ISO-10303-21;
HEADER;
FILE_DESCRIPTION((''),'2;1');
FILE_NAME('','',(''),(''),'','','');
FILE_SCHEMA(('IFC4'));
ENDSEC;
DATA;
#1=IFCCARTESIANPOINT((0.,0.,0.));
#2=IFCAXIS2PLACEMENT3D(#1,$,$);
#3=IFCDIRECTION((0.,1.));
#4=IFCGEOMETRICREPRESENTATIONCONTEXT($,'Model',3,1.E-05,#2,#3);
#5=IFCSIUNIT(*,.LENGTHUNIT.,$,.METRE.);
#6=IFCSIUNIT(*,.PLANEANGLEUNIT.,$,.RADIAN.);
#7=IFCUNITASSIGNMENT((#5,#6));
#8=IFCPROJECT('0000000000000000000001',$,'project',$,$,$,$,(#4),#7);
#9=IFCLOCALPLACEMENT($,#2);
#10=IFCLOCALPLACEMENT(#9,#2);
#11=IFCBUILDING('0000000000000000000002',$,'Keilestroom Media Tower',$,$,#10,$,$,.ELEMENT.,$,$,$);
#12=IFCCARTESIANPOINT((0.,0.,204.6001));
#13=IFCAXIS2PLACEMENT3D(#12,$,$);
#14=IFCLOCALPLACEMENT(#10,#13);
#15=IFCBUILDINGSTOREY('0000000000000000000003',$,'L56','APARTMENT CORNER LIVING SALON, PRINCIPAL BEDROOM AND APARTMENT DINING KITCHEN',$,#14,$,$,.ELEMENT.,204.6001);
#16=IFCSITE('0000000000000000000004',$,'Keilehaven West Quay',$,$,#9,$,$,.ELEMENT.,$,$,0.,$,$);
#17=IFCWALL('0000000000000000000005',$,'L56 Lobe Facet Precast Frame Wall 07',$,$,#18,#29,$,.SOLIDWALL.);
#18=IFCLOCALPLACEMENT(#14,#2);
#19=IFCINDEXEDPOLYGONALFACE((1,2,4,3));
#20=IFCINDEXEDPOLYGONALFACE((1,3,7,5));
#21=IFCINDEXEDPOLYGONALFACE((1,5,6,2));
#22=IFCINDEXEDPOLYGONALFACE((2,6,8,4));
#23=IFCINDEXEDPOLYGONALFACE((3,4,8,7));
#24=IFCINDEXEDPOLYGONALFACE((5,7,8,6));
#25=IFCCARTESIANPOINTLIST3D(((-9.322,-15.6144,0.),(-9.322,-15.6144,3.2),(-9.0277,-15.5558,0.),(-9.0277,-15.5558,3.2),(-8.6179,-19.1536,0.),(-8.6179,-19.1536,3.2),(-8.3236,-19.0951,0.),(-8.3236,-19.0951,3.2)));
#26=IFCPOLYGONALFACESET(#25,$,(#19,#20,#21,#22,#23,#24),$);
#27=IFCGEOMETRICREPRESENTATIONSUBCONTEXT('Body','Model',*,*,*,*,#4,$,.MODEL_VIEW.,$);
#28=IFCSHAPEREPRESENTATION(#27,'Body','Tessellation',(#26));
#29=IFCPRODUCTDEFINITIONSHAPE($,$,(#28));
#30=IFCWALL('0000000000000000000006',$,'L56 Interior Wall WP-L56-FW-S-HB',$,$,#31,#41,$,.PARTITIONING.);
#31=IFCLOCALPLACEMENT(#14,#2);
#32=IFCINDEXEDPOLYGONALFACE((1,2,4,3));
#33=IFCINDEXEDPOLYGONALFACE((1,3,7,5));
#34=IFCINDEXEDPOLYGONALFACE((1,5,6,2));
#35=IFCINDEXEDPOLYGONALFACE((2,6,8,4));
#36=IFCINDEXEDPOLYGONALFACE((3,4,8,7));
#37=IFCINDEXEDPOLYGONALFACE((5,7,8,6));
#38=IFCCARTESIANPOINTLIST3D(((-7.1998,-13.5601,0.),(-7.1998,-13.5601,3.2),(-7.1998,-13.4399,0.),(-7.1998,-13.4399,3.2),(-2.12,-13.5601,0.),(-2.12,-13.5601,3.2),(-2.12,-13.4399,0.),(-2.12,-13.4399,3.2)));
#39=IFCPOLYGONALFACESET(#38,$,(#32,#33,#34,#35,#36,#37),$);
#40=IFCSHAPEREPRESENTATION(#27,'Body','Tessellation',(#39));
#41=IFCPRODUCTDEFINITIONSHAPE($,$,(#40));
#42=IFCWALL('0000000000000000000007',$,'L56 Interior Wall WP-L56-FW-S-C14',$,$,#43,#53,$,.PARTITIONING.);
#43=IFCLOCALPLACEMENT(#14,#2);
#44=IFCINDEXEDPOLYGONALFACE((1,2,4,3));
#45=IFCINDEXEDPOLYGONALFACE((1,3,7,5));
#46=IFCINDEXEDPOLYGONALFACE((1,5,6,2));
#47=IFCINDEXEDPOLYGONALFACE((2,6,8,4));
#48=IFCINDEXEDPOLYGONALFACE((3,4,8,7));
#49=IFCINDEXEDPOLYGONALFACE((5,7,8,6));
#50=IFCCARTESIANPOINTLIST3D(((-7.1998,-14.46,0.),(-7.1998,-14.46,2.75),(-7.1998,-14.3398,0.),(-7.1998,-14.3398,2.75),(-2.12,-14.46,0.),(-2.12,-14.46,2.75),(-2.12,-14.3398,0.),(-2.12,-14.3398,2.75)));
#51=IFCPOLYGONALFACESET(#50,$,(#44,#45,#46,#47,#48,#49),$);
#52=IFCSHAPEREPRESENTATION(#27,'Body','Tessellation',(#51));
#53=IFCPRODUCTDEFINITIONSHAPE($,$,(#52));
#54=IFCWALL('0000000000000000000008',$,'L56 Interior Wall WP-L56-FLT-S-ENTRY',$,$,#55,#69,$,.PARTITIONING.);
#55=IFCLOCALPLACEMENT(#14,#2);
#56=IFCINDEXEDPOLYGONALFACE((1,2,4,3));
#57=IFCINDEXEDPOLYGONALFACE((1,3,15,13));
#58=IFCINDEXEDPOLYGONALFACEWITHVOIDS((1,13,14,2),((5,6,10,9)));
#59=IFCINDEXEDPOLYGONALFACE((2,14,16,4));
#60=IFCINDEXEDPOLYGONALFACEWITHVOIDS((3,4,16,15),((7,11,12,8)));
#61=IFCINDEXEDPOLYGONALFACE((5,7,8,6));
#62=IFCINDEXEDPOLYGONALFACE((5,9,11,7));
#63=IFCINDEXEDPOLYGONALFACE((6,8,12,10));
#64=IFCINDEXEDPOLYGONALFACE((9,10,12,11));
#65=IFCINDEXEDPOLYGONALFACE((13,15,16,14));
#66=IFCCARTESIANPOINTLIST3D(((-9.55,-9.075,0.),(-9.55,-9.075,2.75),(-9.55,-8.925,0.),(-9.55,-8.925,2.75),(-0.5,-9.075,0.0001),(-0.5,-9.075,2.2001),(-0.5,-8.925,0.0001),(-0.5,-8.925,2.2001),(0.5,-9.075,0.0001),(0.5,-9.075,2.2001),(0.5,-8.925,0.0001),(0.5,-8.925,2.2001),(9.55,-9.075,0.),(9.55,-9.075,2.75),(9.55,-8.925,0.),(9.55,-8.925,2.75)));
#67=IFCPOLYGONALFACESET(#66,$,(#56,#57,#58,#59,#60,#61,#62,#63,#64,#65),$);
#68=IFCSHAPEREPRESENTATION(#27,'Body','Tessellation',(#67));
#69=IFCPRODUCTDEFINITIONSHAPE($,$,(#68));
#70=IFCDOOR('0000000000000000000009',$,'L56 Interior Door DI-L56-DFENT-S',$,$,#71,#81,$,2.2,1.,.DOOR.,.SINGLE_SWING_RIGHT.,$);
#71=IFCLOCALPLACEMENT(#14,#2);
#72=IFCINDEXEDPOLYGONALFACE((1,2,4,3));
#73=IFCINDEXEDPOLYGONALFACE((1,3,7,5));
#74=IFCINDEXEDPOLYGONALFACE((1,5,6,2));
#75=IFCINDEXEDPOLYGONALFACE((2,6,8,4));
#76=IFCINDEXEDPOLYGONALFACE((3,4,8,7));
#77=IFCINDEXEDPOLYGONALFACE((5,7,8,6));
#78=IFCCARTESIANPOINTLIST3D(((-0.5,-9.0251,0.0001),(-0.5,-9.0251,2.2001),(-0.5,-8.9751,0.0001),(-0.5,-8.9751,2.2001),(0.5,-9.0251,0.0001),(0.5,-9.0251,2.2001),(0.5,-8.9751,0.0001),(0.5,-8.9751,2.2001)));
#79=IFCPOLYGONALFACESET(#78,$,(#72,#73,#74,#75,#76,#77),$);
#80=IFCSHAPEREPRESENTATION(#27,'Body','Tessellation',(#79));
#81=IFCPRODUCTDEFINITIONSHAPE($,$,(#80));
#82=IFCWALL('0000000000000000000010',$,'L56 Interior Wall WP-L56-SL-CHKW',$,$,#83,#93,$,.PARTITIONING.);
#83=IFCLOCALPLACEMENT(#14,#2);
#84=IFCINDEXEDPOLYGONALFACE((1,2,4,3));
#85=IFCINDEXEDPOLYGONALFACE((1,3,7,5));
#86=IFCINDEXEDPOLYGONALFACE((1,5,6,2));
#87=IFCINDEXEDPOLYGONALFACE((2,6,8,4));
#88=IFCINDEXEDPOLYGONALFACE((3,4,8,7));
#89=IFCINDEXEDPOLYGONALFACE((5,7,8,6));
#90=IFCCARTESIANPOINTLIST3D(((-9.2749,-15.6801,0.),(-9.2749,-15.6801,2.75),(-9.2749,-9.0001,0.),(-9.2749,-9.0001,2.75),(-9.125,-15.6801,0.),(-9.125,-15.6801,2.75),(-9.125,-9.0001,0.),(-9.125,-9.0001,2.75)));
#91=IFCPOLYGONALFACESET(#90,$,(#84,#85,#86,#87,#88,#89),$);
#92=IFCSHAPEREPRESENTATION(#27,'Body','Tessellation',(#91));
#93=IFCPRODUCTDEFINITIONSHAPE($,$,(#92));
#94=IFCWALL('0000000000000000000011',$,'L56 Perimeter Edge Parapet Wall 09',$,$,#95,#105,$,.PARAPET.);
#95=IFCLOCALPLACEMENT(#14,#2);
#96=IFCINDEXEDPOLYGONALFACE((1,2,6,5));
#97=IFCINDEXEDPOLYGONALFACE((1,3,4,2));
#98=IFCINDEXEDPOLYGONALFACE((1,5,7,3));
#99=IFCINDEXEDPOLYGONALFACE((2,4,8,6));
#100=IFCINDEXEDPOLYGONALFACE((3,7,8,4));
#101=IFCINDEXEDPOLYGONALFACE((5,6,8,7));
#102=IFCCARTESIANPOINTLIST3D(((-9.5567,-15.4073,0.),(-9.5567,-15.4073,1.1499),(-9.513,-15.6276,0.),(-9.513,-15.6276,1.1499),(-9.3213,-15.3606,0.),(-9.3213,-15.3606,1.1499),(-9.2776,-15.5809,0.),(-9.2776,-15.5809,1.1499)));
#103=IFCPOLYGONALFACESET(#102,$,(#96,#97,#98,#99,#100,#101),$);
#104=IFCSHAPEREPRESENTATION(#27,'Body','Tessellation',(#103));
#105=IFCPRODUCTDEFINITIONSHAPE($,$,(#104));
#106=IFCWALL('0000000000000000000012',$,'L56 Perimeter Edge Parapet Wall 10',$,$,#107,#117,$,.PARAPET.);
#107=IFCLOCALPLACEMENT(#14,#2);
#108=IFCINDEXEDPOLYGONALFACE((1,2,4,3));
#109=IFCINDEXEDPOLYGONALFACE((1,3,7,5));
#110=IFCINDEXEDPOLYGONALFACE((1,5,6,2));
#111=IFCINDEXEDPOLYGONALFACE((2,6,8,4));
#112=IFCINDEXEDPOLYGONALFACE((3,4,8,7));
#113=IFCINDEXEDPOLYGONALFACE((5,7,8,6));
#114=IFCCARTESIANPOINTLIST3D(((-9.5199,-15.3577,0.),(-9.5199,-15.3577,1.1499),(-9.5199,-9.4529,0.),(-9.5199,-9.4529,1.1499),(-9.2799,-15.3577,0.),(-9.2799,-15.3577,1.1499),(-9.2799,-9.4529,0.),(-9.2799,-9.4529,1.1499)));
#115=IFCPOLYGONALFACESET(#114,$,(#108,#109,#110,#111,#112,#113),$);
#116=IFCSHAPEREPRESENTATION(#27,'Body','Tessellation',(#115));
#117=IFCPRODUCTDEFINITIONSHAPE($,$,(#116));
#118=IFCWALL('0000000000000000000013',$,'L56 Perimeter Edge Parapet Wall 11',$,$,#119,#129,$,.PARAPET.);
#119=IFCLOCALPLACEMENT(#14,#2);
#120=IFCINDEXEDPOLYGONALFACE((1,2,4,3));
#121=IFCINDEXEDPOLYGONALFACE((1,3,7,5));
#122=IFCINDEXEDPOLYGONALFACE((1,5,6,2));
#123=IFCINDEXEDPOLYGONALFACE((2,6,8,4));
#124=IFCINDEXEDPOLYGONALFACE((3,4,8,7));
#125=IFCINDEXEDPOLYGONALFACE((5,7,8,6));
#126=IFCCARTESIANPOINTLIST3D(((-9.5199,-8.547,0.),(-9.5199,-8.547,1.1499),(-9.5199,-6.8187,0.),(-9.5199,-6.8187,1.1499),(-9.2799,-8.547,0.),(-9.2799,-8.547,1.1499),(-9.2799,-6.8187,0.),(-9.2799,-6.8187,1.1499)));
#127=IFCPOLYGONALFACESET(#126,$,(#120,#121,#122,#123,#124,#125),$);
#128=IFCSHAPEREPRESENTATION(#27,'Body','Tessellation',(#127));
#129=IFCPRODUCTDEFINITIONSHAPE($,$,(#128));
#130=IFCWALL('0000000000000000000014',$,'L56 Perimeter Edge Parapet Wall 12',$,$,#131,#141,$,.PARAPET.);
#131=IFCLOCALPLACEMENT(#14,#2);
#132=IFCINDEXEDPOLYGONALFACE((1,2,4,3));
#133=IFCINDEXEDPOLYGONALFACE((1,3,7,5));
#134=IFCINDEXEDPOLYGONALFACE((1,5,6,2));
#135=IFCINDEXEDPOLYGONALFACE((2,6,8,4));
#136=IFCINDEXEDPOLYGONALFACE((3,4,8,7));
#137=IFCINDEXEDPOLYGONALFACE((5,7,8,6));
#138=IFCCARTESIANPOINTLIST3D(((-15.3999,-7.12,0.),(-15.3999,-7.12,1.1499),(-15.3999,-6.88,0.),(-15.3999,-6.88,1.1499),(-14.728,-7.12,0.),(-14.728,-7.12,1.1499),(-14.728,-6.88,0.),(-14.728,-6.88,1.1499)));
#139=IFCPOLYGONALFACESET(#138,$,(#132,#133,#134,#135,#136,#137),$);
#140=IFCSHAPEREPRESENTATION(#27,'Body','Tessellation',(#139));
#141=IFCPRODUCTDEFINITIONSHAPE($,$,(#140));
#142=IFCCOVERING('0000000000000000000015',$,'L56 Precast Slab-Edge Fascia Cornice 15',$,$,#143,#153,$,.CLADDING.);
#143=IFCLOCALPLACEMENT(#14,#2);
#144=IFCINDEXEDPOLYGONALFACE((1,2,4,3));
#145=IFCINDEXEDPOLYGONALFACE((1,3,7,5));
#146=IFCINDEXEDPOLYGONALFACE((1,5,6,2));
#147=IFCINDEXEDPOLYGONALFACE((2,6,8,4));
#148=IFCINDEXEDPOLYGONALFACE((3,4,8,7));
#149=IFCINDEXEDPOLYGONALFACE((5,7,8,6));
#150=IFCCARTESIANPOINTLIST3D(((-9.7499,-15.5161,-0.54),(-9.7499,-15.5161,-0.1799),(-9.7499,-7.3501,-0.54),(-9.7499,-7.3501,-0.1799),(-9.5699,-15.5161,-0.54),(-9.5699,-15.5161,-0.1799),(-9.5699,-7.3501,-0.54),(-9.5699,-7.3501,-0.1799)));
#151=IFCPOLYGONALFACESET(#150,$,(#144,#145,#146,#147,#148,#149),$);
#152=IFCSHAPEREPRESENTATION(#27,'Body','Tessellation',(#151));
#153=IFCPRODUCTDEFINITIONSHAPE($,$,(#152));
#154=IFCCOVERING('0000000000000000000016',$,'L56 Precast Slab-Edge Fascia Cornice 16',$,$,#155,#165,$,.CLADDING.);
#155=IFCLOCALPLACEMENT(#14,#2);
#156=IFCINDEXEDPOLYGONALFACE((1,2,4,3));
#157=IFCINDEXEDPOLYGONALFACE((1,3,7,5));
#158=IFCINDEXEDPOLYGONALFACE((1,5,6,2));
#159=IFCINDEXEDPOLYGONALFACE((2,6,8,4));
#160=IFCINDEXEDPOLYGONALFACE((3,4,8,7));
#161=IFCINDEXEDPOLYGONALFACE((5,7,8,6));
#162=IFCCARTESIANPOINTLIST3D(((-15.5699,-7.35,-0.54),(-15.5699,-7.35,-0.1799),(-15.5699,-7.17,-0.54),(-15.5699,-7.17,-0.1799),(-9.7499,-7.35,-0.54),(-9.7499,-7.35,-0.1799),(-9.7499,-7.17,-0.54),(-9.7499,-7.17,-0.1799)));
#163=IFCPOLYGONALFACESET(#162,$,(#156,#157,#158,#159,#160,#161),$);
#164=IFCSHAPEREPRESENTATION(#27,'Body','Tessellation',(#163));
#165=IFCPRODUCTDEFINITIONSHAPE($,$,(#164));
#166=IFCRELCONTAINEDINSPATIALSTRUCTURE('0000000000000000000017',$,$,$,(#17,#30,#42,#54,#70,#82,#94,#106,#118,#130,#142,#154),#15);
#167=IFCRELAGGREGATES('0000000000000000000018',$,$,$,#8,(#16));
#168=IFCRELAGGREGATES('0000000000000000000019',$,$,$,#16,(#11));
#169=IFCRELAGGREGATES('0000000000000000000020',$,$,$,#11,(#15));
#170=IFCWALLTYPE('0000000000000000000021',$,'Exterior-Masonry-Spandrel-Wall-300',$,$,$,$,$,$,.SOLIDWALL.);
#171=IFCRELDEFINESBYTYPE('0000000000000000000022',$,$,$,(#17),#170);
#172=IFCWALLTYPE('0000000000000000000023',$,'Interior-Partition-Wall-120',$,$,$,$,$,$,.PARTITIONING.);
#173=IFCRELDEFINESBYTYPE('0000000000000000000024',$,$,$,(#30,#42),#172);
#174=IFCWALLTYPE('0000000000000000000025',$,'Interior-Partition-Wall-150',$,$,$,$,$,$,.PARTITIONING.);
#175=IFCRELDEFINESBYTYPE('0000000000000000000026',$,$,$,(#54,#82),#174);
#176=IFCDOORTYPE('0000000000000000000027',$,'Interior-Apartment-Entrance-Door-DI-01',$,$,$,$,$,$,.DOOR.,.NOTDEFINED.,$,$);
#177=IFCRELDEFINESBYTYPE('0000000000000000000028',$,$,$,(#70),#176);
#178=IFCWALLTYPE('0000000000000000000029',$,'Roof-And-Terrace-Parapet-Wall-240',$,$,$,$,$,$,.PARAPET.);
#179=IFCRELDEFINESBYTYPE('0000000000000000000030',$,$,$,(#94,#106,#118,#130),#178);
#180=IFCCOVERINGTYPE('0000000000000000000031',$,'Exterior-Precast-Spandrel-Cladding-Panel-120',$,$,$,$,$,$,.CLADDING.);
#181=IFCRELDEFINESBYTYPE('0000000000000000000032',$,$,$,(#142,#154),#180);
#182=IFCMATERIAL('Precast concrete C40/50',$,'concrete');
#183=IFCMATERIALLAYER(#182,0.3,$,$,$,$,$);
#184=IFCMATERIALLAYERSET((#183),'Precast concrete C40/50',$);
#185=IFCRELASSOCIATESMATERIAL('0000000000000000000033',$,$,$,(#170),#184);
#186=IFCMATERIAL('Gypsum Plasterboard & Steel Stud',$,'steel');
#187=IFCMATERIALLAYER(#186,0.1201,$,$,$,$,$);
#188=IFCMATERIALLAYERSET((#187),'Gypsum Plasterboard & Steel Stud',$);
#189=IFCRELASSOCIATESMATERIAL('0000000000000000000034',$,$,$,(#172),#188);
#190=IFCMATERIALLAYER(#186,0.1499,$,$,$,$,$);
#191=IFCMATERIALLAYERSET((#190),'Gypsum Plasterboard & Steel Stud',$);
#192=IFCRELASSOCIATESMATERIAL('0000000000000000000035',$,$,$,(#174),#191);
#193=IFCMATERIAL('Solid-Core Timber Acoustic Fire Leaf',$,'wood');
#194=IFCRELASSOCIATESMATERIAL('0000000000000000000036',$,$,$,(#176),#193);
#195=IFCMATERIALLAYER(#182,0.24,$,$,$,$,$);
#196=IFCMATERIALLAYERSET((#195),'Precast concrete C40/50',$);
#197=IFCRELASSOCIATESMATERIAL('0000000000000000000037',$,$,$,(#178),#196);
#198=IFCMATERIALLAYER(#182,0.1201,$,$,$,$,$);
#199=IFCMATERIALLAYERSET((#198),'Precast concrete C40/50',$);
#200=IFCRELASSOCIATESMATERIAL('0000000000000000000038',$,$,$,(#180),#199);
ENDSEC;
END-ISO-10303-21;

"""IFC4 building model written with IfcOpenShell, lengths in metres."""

from ifc_helpers import new_model, si_unit, direction, frame, frame_2d, origin, origin_2d, place, context, subcontext, project, spatial, rectangle, extrude, source, transform, mapped, material, layer, layer_set, type_object, element, fill, save


model = new_model("IFC4")

# Units and contexts
model_context = context("Model", 3, precision=1e-05, world=origin(), true_north=direction((0.0, 1.0)))
body_context = subcontext(model_context, "Body", "Model", "MODEL_VIEW")
ifc_project = project(units=[si_unit("LENGTHUNIT", "METRE"), si_unit("PLANEANGLEUNIT", "RADIAN")], contexts=[model_context])

# Site, building, storey
site_placement = place(None, origin())
site = spatial("IfcSite", under=ifc_project, at=site_placement, Name="Keilehaven West Quay", CompositionType="ELEMENT", RefElevation=0.0)
building_placement = place(site_placement, origin())
building = spatial("IfcBuilding", under=site, at=building_placement, Name="Keilestroom Media Tower", CompositionType="ELEMENT")
storey_placement = place(building_placement, frame((0.0, 0.0, 204.6001)))
storey = spatial("IfcBuildingStorey", under=building, at=storey_placement, Name="L56", Description="APARTMENT CORNER LIVING SALON, PRINCIPAL BEDROOM AND APARTMENT DINING KITCHEN", CompositionType="ELEMENT", Elevation=204.6001)

# Shared definitions
ifc_material_1 = material(Name="Precast concrete C40/50", Category="concrete")

# Walls
ifc_layer_1 = layer(ifc_material_1, 0.3)
ifc_layer_set_1 = layer_set([ifc_layer_1], Name="Precast concrete C40/50")
wall_type_1 = type_object("IfcWallType", Name="Exterior-Masonry-Spandrel-Wall-300", PredefinedType="SOLIDWALL", material=ifc_layer_set_1)
wall_1_placement = place(storey_placement, frame((-9.1748, -15.5852, 0.0), z_axis=(0.0, 0.0, 1.0), x_axis=(0.195114, -0.980781, 0.0)))
element("IfcWall", 1, at=wall_1_placement, inside=storey, type_object=wall_type_1, Name="L56 Lobe Facet Precast Frame Wall 07", PredefinedType="SOLIDWALL", context=body_context, shape_type="SweptSolid", body=[
    extrude(rectangle(XDim=3.6086, YDim=0.3, at=frame_2d((1.8042, 0.0))), origin(), (0.0, 0.0, 1.0), 3.2),
])
ifc_material_2 = material(Name="Gypsum Plasterboard & Steel Stud", Category="steel")
ifc_layer_2 = layer(ifc_material_2, 0.1201)
ifc_layer_set_2 = layer_set([ifc_layer_2], Name="Gypsum Plasterboard & Steel Stud")
wall_type_2 = type_object("IfcWallType", Name="Interior-Partition-Wall-120", PredefinedType="PARTITIONING", material=ifc_layer_set_2)
wall_2_placement = place(storey_placement, frame((-7.2, -13.5, 0.0), z_axis=(0.0, 0.0, 1.0), x_axis=(1.0, 0.0, 0.0)))
element("IfcWall", 2, at=wall_2_placement, inside=storey, type_object=wall_type_2, Name="L56 Interior Wall WP-L56-FW-S-HB", PredefinedType="PARTITIONING", context=body_context, shape_type="SweptSolid", body=[
    extrude(rectangle(XDim=5.0798, YDim=0.1201, at=frame_2d((2.54, 0.0))), origin(), (0.0, 0.0, 1.0), 3.2),
])
wall_3_placement = place(storey_placement, frame((-7.2, -14.3999, 0.0), z_axis=(0.0, 0.0, 1.0), x_axis=(1.0, 0.0, 0.0)))
element("IfcWall", 3, at=wall_3_placement, inside=storey, type_object=wall_type_2, Name="L56 Interior Wall WP-L56-FW-S-C14", PredefinedType="PARTITIONING", context=body_context, shape_type="SweptSolid", body=[
    extrude(rectangle(XDim=5.0798, YDim=0.1201, at=frame_2d((2.54, 0.0))), origin(), (0.0, 0.0, 1.0), 2.75),
])

# Wall, opening, door
ifc_layer_3 = layer(ifc_material_2, 0.1499)
ifc_layer_set_3 = layer_set([ifc_layer_3], Name="Gypsum Plasterboard & Steel Stud")
wall_type_3 = type_object("IfcWallType", Name="Interior-Partition-Wall-150", PredefinedType="PARTITIONING", material=ifc_layer_set_3)
wall_4_placement = place(storey_placement, frame((-9.55, -9.0, 0.0), z_axis=(0.0, 0.0, 1.0), x_axis=(1.0, 0.0, 0.0)))
wall_4 = element("IfcWall", 4, at=wall_4_placement, inside=storey, type_object=wall_type_3, Name="L56 Interior Wall WP-L56-FLT-S-ENTRY", PredefinedType="PARTITIONING", context=body_context, shape_type="SweptSolid", body=[
    extrude(rectangle(XDim=19.1001, YDim=0.1499, at=frame_2d((9.55, 0.0))), origin(), (0.0, 0.0, 1.0), 2.75),
])
opening_placement = place(wall_4_placement, frame((9.05, 0.0, 0.0)))
opening = element("IfcOpeningElement", 5, at=opening_placement, cuts=wall_4, PredefinedType="OPENING", context=body_context, shape_type="SweptSolid", body=[
    extrude(rectangle(XDim=1.0, YDim=2.2, at=frame_2d((0.5, 1.1001))), frame((0.0, 0.085, 0.0), z_axis=(0.0, -1.0, 0.0), x_axis=(1.0, 0.0, 0.0)), (0.0, 0.0, 1.0), 0.1699),
])
ifc_material_3 = material(Name="Solid-Core Timber Acoustic Fire Leaf", Category="wood")
door_type = type_object("IfcDoorType", Name="Interior-Apartment-Entrance-Door-DI-01", OperationType="NOTDEFINED", PredefinedType="DOOR", material=ifc_material_3)
shared_shape_1 = source(origin(), body_context, "Body", "SweptSolid", [
    extrude(rectangle(XDim=1.0, YDim=2.2, at=frame_2d((0.5, 1.1001))), frame((0.0, 0.0249, 0.0), z_axis=(0.0, -1.0, 0.0), x_axis=(1.0, 0.0, 0.0)), (0.0, 0.0, 1.0), 0.05),
])
door_placement = place(opening_placement, origin())
door = element("IfcDoor", 6, at=door_placement, inside=storey, type_object=door_type, Name="L56 Interior Door DI-L56-DFENT-S", OperationType="SINGLE_SWING_RIGHT", OverallHeight=2.2, OverallWidth=1.0, PredefinedType="DOOR", context=body_context, shape_type="MappedRepresentation", body=[
    mapped(shared_shape_1, transform((0.0, 0.0, 0.0), x_axis=(1.0, 0.0, 0.0), y_axis=(0.0, 1.0, 0.0), z_axis=(0.0, 0.0, 1.0), scale=1.0)),
])
fill(opening, door)

# Walls
wall_5_placement = place(storey_placement, frame((-9.2, -15.6799, 0.0), z_axis=(0.0, 0.0, 1.0), x_axis=(0.0, 1.0, 0.0)))
element("IfcWall", 7, at=wall_5_placement, inside=storey, type_object=wall_type_3, Name="L56 Interior Wall WP-L56-SL-CHKW", PredefinedType="PARTITIONING", context=body_context, shape_type="SweptSolid", body=[
    extrude(rectangle(XDim=6.6799, YDim=0.1499, at=frame_2d((3.3398, 0.0))), origin(), (0.0, 0.0, 1.0), 2.75),
])
ifc_layer_4 = layer(ifc_material_1, 0.24)
ifc_layer_set_4 = layer_set([ifc_layer_4], Name="Precast concrete C40/50")
wall_type_4 = type_object("IfcWallType", Name="Roof-And-Terrace-Parapet-Wall-240", PredefinedType="PARAPET", material=ifc_layer_set_4)
wall_6_placement = place(storey_placement, frame((-9.3953, -15.6042, 0.0), z_axis=(0.0, 0.0, 1.0), x_axis=(-0.194652, 0.980872, 0.0)))
element("IfcWall", 8, at=wall_6_placement, inside=storey, type_object=wall_type_4, Name="L56 Perimeter Edge Parapet Wall 09", PredefinedType="PARAPET", context=body_context, shape_type="SweptSolid", body=[
    extrude(rectangle(XDim=0.2246, YDim=0.24, at=frame_2d((0.1123, 0.0))), origin(), (0.0, 0.0, 1.0), 1.1499),
])
wall_7_placement = place(storey_placement, frame((-9.3999, -15.3577, 0.0), z_axis=(0.0, 0.0, 1.0), x_axis=(0.0, 1.0, 0.0)))
element("IfcWall", 9, at=wall_7_placement, inside=storey, type_object=wall_type_4, Name="L56 Perimeter Edge Parapet Wall 10", PredefinedType="PARAPET", context=body_context, shape_type="SweptSolid", body=[
    extrude(rectangle(XDim=5.9048, YDim=0.24, at=frame_2d((2.9524, 0.0))), origin(), (0.0, 0.0, 1.0), 1.1499),
])
wall_8_placement = place(storey_placement, frame((-9.3999, -8.5471, 0.0), z_axis=(0.0, 0.0, 1.0), x_axis=(0.0, 1.0, 0.0)))
element("IfcWall", 10, at=wall_8_placement, inside=storey, type_object=wall_type_4, Name="L56 Perimeter Edge Parapet Wall 11", PredefinedType="PARAPET", context=body_context, shape_type="SweptSolid", body=[
    extrude(rectangle(XDim=1.7283, YDim=0.24, at=frame_2d((0.8643, 0.0))), origin(), (0.0, 0.0, 1.0), 1.1499),
])
wall_9_placement = place(storey_placement, frame((-14.728, -7.0, 0.0), z_axis=(0.0, 0.0, 1.0), x_axis=(-1.0, 0.0, 0.0)))
element("IfcWall", 11, at=wall_9_placement, inside=storey, type_object=wall_type_4, Name="L56 Perimeter Edge Parapet Wall 12", PredefinedType="PARAPET", context=body_context, shape_type="SweptSolid", body=[
    extrude(rectangle(XDim=0.6719, YDim=0.24, at=frame_2d((0.3359, 0.0))), origin(), (0.0, 0.0, 1.0), 1.1499),
])

# Coverings
ifc_layer_5 = layer(ifc_material_1, 0.1201)
ifc_layer_set_5 = layer_set([ifc_layer_5], Name="Precast concrete C40/50")
covering_type = type_object("IfcCoveringType", Name="Exterior-Precast-Spandrel-Cladding-Panel-120", PredefinedType="CLADDING", material=ifc_layer_set_5)
shared_shape_2 = source(origin(), body_context, "Body", "SweptSolid", [
    extrude(rectangle(XDim=8.166, YDim=0.1799, at=origin_2d()), origin(), (0.0, 0.0, 1.0), 0.3601),
])
covering_1_placement = place(storey_placement, frame((-9.6599, -11.4331, -0.54), z_axis=(0.0, 0.0, 1.0), x_axis=(0.0, 1.0, 0.0)))
element("IfcCovering", 12, at=covering_1_placement, inside=storey, type_object=covering_type, Name="L56 Precast Slab-Edge Fascia Cornice 15", PredefinedType="CLADDING", context=body_context, shape_type="MappedRepresentation", body=[
    mapped(shared_shape_2, transform((0.0, 0.0, 0.0), x_axis=(1.0, 0.0, 0.0), y_axis=(0.0, 1.0, 0.0), z_axis=(0.0, 0.0, 1.0), scale=1.0)),
])
shared_shape_3 = source(origin(), body_context, "Body", "SweptSolid", [
    extrude(rectangle(XDim=5.8201, YDim=0.1799, at=origin_2d()), origin(), (0.0, 0.0, 1.0), 0.3601),
])
covering_2_placement = place(storey_placement, frame((-12.6599, -7.26, -0.54), z_axis=(0.0, 0.0, 1.0), x_axis=(-1.0, 0.0, 0.0)))
element("IfcCovering", 13, at=covering_2_placement, inside=storey, type_object=covering_type, Name="L56 Precast Slab-Edge Fascia Cornice 16", PredefinedType="CLADDING", context=body_context, shape_type="MappedRepresentation", body=[
    mapped(shared_shape_3, transform((0.0, 0.0, 0.0), x_axis=(1.0, 0.0, 0.0), y_axis=(0.0, 1.0, 0.0), z_axis=(0.0, 0.0, 1.0), scale=1.0)),
])

save(model, "model.ifc")
